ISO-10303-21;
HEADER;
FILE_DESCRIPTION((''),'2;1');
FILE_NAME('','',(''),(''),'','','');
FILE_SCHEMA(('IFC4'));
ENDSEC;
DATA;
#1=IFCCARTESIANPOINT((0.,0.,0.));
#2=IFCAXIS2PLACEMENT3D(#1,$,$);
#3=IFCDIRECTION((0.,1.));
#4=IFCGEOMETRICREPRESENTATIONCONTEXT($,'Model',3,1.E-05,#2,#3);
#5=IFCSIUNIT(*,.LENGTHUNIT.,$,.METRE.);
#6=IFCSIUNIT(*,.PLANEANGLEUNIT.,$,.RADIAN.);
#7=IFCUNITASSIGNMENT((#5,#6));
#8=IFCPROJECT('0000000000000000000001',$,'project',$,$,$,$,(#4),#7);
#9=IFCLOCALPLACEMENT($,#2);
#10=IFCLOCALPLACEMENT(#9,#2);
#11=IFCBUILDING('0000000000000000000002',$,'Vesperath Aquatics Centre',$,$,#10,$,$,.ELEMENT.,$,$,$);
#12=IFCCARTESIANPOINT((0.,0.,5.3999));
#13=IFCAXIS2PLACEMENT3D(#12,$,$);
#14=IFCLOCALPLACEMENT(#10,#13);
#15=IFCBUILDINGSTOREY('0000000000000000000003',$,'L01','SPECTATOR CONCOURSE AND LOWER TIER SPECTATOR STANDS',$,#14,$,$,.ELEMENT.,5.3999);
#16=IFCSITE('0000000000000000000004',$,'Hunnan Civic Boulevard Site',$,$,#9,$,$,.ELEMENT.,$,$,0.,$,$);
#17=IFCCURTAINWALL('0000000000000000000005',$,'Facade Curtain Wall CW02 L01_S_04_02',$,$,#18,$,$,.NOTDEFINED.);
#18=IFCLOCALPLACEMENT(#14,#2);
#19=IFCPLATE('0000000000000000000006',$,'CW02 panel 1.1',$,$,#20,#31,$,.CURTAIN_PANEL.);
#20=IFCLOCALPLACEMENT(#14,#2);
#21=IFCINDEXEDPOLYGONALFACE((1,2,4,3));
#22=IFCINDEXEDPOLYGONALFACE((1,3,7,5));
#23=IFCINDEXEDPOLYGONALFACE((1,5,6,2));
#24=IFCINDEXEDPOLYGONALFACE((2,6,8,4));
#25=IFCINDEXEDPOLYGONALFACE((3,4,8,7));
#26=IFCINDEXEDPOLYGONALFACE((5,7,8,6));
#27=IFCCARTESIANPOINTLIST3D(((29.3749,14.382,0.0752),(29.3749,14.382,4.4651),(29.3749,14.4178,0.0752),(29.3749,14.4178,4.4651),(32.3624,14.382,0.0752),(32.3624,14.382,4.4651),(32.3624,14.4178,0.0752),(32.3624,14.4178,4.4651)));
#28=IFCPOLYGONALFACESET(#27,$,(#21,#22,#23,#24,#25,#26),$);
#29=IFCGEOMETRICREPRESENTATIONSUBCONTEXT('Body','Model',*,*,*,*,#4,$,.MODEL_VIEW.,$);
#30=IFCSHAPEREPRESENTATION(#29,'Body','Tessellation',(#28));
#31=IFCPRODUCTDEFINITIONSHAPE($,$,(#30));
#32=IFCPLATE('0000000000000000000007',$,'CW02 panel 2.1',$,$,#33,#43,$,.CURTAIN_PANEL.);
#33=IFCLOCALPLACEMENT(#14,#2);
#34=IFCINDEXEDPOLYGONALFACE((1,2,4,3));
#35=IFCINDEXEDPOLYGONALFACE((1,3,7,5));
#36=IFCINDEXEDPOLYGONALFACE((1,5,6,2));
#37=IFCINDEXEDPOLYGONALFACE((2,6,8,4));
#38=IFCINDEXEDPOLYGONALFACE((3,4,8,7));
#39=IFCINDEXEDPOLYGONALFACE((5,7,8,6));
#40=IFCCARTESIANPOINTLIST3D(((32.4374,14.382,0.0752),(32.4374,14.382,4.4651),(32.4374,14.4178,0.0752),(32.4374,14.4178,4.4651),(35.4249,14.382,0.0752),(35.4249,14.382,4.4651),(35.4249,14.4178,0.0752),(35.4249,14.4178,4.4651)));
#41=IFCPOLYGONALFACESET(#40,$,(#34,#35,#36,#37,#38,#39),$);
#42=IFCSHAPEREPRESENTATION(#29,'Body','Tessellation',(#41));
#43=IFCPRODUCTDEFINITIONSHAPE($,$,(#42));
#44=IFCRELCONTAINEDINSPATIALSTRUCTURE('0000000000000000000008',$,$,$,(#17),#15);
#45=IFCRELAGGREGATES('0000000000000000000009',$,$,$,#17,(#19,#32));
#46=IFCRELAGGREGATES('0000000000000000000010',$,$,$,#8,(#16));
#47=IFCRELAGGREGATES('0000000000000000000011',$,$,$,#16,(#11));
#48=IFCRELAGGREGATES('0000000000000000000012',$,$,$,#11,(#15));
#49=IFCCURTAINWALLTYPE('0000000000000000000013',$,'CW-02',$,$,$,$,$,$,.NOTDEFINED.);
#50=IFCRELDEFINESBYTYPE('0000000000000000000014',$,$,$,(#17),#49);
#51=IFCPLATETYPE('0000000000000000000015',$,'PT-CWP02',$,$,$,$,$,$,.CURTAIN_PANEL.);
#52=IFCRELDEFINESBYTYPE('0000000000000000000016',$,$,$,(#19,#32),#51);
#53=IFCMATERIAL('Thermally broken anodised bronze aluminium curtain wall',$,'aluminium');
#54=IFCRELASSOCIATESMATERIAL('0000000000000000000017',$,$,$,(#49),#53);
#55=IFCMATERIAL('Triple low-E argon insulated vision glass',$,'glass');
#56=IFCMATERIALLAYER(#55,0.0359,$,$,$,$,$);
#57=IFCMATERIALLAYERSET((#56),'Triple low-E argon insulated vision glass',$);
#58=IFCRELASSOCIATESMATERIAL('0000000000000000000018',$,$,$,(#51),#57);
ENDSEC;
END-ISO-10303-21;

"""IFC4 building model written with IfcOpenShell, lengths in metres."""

from ifc_helpers import new_model, si_unit, direction, frame, origin, origin_2d, place, context, subcontext, project, spatial, rectangle, extrude, material, layer, layer_set, type_object, element, aggregate, save


model = new_model("IFC4")

# Units and contexts
model_context = context("Model", 3, precision=1e-05, world=origin(), true_north=direction((0.0, 1.0)))
body_context = subcontext(model_context, "Body", "Model", "MODEL_VIEW")
ifc_project = project(units=[si_unit("LENGTHUNIT", "METRE"), si_unit("PLANEANGLEUNIT", "RADIAN")], contexts=[model_context])

# Site, building, storey
site_placement = place(None, origin())
site = spatial("IfcSite", under=ifc_project, at=site_placement, Name="Hunnan Civic Boulevard Site", CompositionType="ELEMENT", RefElevation=0.0)
building_placement = place(site_placement, origin())
building = spatial("IfcBuilding", under=site, at=building_placement, Name="Vesperath Aquatics Centre", CompositionType="ELEMENT")
storey_placement = place(building_placement, frame((0.0, 0.0, 5.3999)))
storey = spatial("IfcBuildingStorey", under=building, at=storey_placement, Name="L01", Description="SPECTATOR CONCOURSE AND LOWER TIER SPECTATOR STANDS", CompositionType="ELEMENT", Elevation=5.3999)

# Curtain wall
ifc_material_1 = material(Name="Thermally broken anodised bronze aluminium curtain wall", Category="aluminium")
curtain_wall_type = type_object("IfcCurtainWallType", Name="CW-02", PredefinedType="NOTDEFINED", material=ifc_material_1)
curtain_wall_1_placement = place(storey_placement, origin())
curtain_wall_1 = element("IfcCurtainWall", 1, at=curtain_wall_1_placement, inside=storey, type_object=curtain_wall_type, Name="Facade Curtain Wall CW02 L01_S_04_02", PredefinedType="NOTDEFINED")

# Plates
ifc_material_2 = material(Name="Triple low-E argon insulated vision glass", Category="glass")
ifc_layer = layer(ifc_material_2, 0.0359)
ifc_layer_set = layer_set([ifc_layer], Name="Triple low-E argon insulated vision glass")
plate_type = type_object("IfcPlateType", Name="PT-CWP02", PredefinedType="CURTAIN_PANEL", material=ifc_layer_set)
plate_1_placement = place(storey_placement, frame((30.8687, 14.3999, 0.0752), z_axis=(0.0, 0.0, 1.0), x_axis=(1.0, 0.0, 0.0)))
plate_1 = element("IfcPlate", 2, at=plate_1_placement, type_object=plate_type, Name="CW02 panel 1.1", PredefinedType="CURTAIN_PANEL", context=body_context, shape_type="SweptSolid", body=[
    extrude(rectangle(XDim=2.9875, YDim=0.0359, at=origin_2d()), origin(), (0.0, 0.0, 1.0), 4.3899),
])
plate_2_placement = place(storey_placement, frame((33.9312, 14.3999, 0.0752), z_axis=(0.0, 0.0, 1.0), x_axis=(1.0, 0.0, 0.0)))
plate_2 = element("IfcPlate", 3, at=plate_2_placement, type_object=plate_type, Name="CW02 panel 2.1", PredefinedType="CURTAIN_PANEL", context=body_context, shape_type="SweptSolid", body=[
    extrude(rectangle(XDim=2.9875, YDim=0.0359, at=origin_2d()), origin(), (0.0, 0.0, 1.0), 4.3899),
])
aggregate(curtain_wall_1, [plate_1, plate_2])

save(model, "model.ifc")
